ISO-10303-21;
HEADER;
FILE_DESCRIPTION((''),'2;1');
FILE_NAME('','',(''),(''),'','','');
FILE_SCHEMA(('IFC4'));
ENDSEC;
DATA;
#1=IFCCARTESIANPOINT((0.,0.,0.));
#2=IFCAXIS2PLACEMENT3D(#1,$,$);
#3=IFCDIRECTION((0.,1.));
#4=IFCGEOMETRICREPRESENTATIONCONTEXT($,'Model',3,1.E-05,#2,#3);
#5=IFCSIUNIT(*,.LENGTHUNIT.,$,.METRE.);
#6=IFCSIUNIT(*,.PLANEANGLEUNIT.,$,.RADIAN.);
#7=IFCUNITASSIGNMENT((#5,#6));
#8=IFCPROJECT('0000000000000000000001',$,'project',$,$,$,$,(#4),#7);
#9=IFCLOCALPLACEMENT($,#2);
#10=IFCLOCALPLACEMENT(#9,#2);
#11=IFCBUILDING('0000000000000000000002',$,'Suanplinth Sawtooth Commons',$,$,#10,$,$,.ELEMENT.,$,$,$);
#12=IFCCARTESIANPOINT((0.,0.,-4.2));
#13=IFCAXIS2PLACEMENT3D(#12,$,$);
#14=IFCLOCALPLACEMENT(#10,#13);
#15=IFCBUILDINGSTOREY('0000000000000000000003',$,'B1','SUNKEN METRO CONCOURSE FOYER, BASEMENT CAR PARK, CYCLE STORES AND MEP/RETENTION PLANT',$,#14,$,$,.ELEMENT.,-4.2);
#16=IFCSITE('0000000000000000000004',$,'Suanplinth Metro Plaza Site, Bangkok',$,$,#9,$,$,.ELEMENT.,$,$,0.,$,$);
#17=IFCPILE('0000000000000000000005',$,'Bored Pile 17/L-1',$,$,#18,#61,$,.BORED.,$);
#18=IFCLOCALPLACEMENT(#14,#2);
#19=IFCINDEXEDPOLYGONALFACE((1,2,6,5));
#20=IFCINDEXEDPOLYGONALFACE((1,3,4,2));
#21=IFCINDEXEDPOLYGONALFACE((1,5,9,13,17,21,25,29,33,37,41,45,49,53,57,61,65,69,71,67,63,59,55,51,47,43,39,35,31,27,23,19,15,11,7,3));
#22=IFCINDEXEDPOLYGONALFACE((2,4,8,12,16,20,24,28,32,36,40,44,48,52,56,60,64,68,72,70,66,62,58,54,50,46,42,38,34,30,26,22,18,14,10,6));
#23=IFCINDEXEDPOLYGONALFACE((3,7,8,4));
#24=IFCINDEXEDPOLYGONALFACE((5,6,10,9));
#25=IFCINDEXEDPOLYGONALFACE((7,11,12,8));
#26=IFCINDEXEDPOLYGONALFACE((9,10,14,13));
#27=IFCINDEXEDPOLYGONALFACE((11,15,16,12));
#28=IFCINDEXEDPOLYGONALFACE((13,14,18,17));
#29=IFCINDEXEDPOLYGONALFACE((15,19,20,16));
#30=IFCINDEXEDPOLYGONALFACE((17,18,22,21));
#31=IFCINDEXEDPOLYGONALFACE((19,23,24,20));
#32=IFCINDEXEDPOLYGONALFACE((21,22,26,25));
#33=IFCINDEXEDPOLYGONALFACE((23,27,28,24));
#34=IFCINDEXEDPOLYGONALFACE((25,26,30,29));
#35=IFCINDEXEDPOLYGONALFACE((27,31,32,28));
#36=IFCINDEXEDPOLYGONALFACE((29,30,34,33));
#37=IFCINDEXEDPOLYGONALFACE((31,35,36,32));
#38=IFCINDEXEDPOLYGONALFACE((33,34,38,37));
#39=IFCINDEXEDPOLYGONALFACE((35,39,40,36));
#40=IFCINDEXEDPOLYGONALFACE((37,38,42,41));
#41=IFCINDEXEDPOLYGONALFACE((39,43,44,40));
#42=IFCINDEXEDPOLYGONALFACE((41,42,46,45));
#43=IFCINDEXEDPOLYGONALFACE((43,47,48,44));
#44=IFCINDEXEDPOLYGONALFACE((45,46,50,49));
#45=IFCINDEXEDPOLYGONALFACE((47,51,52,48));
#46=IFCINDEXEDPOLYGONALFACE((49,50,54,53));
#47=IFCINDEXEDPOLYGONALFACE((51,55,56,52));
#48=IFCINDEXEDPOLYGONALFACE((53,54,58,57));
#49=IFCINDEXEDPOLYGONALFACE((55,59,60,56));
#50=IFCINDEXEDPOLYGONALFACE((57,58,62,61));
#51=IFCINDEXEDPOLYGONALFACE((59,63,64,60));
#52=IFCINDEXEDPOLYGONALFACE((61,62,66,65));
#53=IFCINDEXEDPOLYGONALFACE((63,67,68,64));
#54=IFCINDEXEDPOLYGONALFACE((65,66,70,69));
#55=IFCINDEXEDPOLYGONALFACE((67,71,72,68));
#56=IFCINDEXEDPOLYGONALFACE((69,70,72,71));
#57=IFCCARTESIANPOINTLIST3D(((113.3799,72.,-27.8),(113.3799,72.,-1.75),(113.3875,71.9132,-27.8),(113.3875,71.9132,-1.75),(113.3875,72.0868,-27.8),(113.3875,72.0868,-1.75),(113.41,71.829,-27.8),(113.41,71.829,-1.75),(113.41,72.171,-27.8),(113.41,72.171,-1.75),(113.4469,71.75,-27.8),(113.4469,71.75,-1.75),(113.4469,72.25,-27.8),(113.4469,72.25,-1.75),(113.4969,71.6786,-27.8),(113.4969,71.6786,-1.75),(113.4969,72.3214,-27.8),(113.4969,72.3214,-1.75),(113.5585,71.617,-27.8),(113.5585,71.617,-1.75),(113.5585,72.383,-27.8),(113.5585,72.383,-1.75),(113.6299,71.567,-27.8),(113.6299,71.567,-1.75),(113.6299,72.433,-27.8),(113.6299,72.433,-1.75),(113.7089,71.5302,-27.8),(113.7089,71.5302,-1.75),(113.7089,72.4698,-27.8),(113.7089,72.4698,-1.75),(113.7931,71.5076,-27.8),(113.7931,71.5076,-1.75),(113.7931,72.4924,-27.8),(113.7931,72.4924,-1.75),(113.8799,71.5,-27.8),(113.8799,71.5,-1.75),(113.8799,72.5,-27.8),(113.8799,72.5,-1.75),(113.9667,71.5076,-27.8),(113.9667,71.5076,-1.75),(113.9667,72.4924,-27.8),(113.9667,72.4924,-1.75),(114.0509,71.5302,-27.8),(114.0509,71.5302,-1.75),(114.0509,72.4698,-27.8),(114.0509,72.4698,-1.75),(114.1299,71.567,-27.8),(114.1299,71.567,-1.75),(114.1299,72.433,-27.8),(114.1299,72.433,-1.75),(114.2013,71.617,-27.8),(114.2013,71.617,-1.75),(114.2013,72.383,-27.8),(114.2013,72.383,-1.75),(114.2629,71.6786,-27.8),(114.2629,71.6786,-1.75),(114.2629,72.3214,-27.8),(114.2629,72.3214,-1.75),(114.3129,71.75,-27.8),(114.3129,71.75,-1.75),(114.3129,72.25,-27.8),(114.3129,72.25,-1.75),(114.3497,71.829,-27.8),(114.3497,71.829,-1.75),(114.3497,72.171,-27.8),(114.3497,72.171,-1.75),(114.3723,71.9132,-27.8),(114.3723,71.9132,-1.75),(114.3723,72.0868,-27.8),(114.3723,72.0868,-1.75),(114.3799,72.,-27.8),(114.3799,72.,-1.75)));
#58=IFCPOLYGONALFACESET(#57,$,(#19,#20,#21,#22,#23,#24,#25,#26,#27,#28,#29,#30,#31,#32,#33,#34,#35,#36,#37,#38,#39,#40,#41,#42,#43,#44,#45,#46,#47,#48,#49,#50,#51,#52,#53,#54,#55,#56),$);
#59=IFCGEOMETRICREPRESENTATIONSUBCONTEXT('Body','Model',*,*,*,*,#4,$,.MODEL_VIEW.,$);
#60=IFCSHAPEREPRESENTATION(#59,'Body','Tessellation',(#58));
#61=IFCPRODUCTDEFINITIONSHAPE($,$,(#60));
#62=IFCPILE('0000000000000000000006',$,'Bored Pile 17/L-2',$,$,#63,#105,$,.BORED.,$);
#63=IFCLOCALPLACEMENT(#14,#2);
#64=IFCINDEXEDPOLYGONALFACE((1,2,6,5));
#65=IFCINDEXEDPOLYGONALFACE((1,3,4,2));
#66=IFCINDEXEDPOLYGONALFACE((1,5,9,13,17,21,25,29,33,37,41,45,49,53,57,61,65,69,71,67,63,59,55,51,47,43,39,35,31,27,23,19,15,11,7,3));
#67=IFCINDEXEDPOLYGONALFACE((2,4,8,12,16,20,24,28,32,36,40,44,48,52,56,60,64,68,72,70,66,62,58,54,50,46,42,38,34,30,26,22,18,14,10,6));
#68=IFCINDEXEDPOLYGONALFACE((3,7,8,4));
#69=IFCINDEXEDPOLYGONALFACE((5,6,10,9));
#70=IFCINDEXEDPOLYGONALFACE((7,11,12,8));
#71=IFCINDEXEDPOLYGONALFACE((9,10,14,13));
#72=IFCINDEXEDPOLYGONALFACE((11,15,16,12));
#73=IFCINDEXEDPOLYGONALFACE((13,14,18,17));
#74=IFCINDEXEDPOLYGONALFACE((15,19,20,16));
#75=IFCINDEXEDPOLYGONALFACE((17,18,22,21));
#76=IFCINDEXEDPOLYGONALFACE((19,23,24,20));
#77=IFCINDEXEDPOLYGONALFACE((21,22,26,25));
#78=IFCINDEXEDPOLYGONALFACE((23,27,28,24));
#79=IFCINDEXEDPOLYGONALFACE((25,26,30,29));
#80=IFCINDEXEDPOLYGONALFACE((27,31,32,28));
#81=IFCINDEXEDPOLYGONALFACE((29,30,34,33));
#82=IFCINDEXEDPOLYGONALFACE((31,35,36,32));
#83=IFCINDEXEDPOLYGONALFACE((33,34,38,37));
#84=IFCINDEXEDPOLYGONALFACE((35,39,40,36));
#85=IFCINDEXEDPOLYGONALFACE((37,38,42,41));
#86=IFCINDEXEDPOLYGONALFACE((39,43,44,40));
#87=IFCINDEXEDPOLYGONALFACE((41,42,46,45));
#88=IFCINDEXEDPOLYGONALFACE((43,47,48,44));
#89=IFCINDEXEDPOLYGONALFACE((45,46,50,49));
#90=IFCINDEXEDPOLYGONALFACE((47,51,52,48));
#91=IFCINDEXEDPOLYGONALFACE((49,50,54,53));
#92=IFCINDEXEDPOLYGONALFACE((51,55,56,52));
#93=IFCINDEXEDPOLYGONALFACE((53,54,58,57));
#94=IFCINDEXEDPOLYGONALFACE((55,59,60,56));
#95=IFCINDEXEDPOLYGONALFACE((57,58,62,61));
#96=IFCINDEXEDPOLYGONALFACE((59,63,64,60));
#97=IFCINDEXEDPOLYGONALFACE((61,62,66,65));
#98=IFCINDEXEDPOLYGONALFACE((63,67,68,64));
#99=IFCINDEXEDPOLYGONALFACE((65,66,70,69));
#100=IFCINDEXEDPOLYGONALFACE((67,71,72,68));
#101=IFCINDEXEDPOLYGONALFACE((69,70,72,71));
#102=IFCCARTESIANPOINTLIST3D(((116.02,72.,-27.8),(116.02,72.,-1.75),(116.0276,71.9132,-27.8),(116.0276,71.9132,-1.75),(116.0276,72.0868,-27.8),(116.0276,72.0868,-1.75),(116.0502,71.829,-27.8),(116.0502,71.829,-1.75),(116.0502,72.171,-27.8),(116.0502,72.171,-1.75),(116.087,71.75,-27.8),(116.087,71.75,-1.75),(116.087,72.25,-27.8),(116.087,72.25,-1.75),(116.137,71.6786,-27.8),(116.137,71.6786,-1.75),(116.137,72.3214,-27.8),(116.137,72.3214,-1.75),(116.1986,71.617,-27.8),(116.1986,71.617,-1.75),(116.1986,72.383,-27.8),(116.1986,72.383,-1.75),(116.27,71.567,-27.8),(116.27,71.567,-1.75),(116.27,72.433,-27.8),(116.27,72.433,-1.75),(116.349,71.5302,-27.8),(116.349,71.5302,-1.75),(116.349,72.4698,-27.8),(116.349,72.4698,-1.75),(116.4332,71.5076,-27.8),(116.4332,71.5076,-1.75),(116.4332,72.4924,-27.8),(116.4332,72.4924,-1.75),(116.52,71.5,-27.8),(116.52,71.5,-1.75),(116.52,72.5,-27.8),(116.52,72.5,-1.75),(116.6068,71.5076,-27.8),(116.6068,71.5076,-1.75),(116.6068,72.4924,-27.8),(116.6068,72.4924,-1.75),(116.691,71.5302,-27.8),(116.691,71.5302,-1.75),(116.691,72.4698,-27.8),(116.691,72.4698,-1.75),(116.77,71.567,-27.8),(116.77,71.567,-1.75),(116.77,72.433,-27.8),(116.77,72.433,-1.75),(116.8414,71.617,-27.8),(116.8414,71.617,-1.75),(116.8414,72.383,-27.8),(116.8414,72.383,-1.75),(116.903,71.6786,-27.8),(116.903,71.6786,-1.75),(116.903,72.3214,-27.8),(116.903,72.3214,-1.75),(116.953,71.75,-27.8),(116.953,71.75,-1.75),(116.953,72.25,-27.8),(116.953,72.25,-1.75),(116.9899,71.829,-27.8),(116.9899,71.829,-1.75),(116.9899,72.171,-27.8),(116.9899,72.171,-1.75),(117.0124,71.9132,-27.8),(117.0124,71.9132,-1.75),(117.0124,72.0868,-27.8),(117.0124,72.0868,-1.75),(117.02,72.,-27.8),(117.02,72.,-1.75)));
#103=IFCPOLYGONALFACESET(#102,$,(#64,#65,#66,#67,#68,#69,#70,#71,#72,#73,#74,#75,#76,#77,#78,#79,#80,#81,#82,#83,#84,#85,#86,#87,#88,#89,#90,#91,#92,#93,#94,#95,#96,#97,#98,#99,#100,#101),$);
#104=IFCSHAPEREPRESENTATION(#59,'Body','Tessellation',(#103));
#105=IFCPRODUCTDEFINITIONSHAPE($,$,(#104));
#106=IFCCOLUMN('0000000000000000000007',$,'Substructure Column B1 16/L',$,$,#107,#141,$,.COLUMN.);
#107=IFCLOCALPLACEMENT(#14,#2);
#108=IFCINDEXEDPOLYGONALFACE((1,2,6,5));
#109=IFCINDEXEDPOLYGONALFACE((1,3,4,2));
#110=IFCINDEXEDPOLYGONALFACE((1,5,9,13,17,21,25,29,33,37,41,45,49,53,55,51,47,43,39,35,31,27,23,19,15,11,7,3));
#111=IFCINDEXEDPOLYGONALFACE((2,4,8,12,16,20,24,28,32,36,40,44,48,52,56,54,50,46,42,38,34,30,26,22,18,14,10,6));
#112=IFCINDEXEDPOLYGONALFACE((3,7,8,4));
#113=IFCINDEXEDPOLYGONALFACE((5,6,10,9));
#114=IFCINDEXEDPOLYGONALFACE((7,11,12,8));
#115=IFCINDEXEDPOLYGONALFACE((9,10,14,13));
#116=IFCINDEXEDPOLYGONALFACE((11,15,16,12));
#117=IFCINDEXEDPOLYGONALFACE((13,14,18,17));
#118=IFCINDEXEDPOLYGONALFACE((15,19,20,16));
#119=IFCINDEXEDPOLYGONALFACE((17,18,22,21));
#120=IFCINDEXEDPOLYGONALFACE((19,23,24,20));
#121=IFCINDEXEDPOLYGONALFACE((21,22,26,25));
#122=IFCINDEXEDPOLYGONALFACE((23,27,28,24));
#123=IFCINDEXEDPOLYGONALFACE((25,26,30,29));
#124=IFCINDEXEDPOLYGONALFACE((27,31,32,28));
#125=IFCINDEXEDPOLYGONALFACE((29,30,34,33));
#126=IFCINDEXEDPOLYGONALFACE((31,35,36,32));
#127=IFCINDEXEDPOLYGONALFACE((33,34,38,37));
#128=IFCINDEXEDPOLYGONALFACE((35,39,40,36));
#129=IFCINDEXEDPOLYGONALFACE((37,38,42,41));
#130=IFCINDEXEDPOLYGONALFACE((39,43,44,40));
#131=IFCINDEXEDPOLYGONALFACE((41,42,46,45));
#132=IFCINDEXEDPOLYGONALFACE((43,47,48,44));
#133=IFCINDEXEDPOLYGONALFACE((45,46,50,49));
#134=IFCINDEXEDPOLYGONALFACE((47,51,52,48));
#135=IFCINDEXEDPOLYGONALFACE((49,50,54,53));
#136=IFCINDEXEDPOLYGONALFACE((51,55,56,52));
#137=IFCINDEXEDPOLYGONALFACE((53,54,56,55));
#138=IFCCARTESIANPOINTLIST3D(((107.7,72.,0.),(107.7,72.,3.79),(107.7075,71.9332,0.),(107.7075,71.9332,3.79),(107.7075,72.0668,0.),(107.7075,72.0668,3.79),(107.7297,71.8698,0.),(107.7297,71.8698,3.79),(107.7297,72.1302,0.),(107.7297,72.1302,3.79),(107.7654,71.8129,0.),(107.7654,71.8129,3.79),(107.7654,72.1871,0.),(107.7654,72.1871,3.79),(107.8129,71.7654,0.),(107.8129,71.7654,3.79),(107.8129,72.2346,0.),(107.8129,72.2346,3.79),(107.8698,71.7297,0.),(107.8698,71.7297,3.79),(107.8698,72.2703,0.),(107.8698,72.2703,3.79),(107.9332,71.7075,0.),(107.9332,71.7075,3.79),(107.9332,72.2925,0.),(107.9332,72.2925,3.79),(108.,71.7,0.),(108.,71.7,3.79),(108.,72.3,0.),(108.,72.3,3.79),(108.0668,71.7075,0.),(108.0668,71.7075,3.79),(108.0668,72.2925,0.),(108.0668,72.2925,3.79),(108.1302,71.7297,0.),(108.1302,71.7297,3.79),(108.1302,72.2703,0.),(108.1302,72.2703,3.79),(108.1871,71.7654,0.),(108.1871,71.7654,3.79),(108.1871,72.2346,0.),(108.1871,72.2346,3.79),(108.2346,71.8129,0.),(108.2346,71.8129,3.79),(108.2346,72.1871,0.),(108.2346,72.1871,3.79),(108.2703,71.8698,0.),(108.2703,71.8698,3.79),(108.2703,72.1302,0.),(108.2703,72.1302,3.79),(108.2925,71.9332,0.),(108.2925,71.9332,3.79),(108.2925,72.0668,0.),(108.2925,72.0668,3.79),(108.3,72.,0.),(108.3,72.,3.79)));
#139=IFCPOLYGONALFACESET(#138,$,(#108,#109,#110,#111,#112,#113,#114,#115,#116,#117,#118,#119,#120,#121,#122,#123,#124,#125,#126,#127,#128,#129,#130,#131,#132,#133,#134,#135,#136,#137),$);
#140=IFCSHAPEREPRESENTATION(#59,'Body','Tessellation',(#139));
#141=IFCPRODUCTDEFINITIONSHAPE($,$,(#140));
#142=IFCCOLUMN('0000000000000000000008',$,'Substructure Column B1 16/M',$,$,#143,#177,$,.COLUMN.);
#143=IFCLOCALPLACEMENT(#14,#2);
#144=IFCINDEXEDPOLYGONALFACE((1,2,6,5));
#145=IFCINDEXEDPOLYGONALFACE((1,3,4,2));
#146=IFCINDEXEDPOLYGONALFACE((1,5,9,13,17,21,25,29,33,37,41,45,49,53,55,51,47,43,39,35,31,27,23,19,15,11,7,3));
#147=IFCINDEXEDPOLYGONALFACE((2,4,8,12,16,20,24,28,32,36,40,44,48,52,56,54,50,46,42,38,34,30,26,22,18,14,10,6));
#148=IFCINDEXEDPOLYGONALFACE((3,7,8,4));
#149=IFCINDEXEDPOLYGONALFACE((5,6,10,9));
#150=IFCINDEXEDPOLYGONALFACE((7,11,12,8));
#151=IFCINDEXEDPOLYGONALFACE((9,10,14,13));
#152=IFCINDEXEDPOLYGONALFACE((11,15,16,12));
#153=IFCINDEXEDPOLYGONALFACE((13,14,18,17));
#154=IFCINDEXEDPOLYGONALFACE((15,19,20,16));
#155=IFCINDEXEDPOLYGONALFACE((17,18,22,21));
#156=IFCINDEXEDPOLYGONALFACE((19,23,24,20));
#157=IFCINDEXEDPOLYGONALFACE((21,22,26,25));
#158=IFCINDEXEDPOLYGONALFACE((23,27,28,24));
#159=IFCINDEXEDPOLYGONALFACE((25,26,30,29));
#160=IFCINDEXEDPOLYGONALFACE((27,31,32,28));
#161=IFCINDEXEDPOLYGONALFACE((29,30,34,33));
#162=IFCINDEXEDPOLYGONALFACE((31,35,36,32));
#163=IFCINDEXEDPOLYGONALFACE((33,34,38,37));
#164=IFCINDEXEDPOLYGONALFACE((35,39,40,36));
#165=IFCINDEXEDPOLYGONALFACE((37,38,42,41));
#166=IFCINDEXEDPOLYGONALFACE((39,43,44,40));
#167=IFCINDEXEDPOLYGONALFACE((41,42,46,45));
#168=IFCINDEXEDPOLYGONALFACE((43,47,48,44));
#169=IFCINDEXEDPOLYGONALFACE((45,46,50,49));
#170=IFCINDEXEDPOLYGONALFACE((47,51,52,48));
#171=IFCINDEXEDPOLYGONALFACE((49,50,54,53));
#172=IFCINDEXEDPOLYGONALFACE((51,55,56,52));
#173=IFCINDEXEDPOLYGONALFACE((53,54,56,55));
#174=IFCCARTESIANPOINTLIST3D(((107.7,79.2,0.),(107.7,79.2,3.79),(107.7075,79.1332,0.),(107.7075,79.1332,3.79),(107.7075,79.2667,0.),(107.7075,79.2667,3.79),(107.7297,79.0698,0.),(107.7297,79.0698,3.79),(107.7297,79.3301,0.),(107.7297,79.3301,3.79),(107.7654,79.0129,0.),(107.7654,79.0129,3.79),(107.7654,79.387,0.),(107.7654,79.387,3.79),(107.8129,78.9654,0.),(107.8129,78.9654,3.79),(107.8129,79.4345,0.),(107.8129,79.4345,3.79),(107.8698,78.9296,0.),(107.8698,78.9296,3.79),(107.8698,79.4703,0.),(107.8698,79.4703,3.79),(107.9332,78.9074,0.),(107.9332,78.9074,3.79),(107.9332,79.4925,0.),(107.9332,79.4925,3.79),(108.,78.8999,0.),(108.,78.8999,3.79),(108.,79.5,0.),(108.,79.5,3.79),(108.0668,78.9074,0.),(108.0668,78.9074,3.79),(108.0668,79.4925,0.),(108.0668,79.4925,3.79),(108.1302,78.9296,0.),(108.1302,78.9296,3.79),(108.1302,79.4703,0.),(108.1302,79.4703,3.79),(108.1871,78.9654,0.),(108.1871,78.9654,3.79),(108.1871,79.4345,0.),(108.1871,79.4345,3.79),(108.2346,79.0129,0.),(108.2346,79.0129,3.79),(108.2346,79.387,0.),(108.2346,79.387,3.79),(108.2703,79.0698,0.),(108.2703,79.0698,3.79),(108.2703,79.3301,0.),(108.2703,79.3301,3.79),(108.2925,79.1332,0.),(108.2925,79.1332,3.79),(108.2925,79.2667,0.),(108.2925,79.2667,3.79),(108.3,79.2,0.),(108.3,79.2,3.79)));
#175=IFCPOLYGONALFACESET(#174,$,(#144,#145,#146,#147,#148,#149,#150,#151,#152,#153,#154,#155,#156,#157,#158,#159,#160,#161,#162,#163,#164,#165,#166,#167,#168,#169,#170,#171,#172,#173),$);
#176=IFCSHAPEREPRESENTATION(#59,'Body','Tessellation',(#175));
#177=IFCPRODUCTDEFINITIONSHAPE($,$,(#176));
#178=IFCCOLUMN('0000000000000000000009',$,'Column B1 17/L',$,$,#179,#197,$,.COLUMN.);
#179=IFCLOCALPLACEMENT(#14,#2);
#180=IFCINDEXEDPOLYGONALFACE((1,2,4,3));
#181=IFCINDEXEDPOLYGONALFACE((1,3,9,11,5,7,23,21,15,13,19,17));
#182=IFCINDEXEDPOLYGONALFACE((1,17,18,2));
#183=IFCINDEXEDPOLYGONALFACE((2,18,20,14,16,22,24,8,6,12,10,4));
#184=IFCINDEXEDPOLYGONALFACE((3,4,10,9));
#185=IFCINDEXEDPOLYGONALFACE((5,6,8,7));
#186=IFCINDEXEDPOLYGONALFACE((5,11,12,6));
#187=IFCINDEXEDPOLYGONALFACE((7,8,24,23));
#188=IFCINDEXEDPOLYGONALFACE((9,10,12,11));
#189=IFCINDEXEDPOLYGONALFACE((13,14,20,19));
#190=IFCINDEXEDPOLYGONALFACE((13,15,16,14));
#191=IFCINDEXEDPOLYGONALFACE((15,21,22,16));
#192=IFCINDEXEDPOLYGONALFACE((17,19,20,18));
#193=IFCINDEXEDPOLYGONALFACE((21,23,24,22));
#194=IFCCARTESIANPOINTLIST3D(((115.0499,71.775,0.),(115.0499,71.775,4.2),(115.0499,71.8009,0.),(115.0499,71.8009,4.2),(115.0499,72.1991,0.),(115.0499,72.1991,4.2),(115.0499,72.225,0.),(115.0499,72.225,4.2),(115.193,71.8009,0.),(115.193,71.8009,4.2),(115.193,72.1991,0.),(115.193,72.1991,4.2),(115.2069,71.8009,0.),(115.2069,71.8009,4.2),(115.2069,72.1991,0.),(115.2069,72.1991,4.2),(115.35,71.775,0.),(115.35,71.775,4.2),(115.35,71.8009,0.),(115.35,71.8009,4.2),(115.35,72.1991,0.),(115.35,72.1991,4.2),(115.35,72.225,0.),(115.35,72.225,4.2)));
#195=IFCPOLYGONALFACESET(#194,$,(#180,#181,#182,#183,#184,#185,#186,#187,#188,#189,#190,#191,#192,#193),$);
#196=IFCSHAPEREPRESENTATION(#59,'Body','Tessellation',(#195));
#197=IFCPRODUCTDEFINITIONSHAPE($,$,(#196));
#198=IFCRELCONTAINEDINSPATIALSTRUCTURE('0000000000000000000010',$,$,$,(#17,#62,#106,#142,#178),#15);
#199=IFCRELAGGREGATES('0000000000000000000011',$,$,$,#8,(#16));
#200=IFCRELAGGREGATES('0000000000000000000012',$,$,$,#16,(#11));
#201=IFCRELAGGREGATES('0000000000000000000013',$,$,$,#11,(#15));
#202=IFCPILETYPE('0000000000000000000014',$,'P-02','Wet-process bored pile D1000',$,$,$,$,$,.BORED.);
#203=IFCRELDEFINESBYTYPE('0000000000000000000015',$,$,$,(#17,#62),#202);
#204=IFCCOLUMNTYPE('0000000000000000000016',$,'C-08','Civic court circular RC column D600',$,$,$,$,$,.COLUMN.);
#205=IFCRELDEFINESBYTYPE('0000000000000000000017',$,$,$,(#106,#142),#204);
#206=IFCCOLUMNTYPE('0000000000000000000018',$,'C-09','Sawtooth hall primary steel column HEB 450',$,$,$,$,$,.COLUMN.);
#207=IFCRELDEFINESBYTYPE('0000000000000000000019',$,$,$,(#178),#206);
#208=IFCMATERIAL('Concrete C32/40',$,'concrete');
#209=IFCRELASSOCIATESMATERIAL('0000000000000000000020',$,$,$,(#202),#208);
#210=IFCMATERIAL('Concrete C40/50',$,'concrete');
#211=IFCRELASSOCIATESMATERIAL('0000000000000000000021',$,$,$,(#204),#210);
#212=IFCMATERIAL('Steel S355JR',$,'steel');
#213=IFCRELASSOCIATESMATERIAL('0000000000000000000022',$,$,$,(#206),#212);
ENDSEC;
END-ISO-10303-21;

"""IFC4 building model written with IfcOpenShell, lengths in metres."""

from ifc_helpers import new_model, si_unit, direction, frame, origin, origin_2d, place, context, subcontext, project, spatial, circle, i_section, extrude, material, material_profile, profile_set, type_object, element, save


model = new_model("IFC4")

# Units and contexts
model_context = context("Model", 3, precision=1e-05, world=origin(), true_north=direction((0.0, 1.0)))
body_context = subcontext(model_context, "Body", "Model", "MODEL_VIEW")
ifc_project = project(units=[si_unit("LENGTHUNIT", "METRE"), si_unit("PLANEANGLEUNIT", "RADIAN")], contexts=[model_context])

# Site, building, storey
site_placement = place(None, origin())
site = spatial("IfcSite", under=ifc_project, at=site_placement, Name="Suanplinth Metro Plaza Site, Bangkok", CompositionType="ELEMENT", RefElevation=0.0)
building_placement = place(site_placement, origin())
building = spatial("IfcBuilding", under=site, at=building_placement, Name="Suanplinth Sawtooth Commons", CompositionType="ELEMENT")
storey_placement = place(building_placement, frame((0.0, 0.0, -4.2)))
storey = spatial("IfcBuildingStorey", under=building, at=storey_placement, Name="B1", Description="SUNKEN METRO CONCOURSE FOYER, BASEMENT CAR PARK, CYCLE STORES AND MEP/RETENTION PLANT", CompositionType="ELEMENT", Elevation=-4.2)

# Piles
ifc_material_1 = material(Name="Concrete C32/40", Category="concrete")
ifc_material_profile_1 = material_profile(ifc_material_1, circle(Radius=0.5, at=origin_2d()), Name="PILE D1000")
ifc_profile_set_1 = profile_set([ifc_material_profile_1], Name="Concrete C32/40")
pile_type_1 = type_object("IfcPileType", Name="P-02", Description="Wet-process bored pile D1000", PredefinedType="BORED", material=ifc_profile_set_1)
for number, where, z_axis, x_axis, name in (
    (1, (113.8799, 72.0, -1.75), (0.0, 0.0, -1.0), (1.0, 0.0, 0.0), "Bored Pile 17/L-1"),
    (2, (116.52, 72.0, -1.75), (0.0, 0.0, -1.0), (1.0, 0.0, 0.0), "Bored Pile 17/L-2"),
):
    element("IfcPile", number, at=place(storey_placement, frame(where, z_axis=z_axis, x_axis=x_axis)), inside=storey, type_object=pile_type_1, Name=name, PredefinedType="BORED", context=body_context, shape_type="SweptSolid", body=[
        extrude(circle(Radius=0.5, at=origin_2d()), origin(), (0.0, 0.0, 1.0), 26.05),
    ])

# Columns
ifc_material_2 = material(Name="Concrete C40/50", Category="concrete")
ifc_material_profile_2 = material_profile(ifc_material_2, circle(Radius=0.3, at=origin_2d()), Name="RC-CIRC D600")
ifc_profile_set_2 = profile_set([ifc_material_profile_2], Name="Concrete C40/50")
column_type_1 = type_object("IfcColumnType", Name="C-08", Description="Civic court circular RC column D600", PredefinedType="COLUMN", material=ifc_profile_set_2)
for number, where, z_axis, x_axis, name in (
    (3, (108.0, 72.0, 0.0), (0.0, 0.0, 1.0), (1.0, 0.0, 0.0), "Substructure Column B1 16/L"),
    (4, (108.0, 79.2, 0.0), (0.0, 0.0, 1.0), (1.0, 0.0, 0.0), "Substructure Column B1 16/M"),
):
    element("IfcColumn", number, at=place(storey_placement, frame(where, z_axis=z_axis, x_axis=x_axis)), inside=storey, type_object=column_type_1, Name=name, PredefinedType="COLUMN", context=body_context, shape_type="SweptSolid", body=[
        extrude(circle(Radius=0.3, at=origin_2d()), origin(), (0.0, 0.0, 1.0), 3.79),
    ])
ifc_material_3 = material(Name="Steel S355JR", Category="steel")
ifc_material_profile_3 = material_profile(ifc_material_3, i_section(OverallWidth=0.3, OverallDepth=0.45, WebThickness=0.0139, FlangeThickness=0.0259, at=origin_2d()), Name="HEB 450")
ifc_profile_set_3 = profile_set([ifc_material_profile_3], Name="Steel S355JR")
column_type_2 = type_object("IfcColumnType", Name="C-09", Description="Sawtooth hall primary steel column HEB 450", PredefinedType="COLUMN", material=ifc_profile_set_3)
for number, where, z_axis, x_axis, name in (
    (5, (115.2, 72.0, 0.0), (0.0, 0.0, 1.0), (1.0, 0.0, 0.0), "Column B1 17/L"),
):
    element("IfcColumn", number, at=place(storey_placement, frame(where, z_axis=z_axis, x_axis=x_axis)), inside=storey, type_object=column_type_2, Name=name, PredefinedType="COLUMN", context=body_context, shape_type="SweptSolid", body=[
        extrude(i_section(OverallWidth=0.3, OverallDepth=0.45, WebThickness=0.0139, FlangeThickness=0.0259, at=origin_2d()), origin(), (0.0, 0.0, 1.0), 4.2),
    ])

save(model, "model.ifc")
